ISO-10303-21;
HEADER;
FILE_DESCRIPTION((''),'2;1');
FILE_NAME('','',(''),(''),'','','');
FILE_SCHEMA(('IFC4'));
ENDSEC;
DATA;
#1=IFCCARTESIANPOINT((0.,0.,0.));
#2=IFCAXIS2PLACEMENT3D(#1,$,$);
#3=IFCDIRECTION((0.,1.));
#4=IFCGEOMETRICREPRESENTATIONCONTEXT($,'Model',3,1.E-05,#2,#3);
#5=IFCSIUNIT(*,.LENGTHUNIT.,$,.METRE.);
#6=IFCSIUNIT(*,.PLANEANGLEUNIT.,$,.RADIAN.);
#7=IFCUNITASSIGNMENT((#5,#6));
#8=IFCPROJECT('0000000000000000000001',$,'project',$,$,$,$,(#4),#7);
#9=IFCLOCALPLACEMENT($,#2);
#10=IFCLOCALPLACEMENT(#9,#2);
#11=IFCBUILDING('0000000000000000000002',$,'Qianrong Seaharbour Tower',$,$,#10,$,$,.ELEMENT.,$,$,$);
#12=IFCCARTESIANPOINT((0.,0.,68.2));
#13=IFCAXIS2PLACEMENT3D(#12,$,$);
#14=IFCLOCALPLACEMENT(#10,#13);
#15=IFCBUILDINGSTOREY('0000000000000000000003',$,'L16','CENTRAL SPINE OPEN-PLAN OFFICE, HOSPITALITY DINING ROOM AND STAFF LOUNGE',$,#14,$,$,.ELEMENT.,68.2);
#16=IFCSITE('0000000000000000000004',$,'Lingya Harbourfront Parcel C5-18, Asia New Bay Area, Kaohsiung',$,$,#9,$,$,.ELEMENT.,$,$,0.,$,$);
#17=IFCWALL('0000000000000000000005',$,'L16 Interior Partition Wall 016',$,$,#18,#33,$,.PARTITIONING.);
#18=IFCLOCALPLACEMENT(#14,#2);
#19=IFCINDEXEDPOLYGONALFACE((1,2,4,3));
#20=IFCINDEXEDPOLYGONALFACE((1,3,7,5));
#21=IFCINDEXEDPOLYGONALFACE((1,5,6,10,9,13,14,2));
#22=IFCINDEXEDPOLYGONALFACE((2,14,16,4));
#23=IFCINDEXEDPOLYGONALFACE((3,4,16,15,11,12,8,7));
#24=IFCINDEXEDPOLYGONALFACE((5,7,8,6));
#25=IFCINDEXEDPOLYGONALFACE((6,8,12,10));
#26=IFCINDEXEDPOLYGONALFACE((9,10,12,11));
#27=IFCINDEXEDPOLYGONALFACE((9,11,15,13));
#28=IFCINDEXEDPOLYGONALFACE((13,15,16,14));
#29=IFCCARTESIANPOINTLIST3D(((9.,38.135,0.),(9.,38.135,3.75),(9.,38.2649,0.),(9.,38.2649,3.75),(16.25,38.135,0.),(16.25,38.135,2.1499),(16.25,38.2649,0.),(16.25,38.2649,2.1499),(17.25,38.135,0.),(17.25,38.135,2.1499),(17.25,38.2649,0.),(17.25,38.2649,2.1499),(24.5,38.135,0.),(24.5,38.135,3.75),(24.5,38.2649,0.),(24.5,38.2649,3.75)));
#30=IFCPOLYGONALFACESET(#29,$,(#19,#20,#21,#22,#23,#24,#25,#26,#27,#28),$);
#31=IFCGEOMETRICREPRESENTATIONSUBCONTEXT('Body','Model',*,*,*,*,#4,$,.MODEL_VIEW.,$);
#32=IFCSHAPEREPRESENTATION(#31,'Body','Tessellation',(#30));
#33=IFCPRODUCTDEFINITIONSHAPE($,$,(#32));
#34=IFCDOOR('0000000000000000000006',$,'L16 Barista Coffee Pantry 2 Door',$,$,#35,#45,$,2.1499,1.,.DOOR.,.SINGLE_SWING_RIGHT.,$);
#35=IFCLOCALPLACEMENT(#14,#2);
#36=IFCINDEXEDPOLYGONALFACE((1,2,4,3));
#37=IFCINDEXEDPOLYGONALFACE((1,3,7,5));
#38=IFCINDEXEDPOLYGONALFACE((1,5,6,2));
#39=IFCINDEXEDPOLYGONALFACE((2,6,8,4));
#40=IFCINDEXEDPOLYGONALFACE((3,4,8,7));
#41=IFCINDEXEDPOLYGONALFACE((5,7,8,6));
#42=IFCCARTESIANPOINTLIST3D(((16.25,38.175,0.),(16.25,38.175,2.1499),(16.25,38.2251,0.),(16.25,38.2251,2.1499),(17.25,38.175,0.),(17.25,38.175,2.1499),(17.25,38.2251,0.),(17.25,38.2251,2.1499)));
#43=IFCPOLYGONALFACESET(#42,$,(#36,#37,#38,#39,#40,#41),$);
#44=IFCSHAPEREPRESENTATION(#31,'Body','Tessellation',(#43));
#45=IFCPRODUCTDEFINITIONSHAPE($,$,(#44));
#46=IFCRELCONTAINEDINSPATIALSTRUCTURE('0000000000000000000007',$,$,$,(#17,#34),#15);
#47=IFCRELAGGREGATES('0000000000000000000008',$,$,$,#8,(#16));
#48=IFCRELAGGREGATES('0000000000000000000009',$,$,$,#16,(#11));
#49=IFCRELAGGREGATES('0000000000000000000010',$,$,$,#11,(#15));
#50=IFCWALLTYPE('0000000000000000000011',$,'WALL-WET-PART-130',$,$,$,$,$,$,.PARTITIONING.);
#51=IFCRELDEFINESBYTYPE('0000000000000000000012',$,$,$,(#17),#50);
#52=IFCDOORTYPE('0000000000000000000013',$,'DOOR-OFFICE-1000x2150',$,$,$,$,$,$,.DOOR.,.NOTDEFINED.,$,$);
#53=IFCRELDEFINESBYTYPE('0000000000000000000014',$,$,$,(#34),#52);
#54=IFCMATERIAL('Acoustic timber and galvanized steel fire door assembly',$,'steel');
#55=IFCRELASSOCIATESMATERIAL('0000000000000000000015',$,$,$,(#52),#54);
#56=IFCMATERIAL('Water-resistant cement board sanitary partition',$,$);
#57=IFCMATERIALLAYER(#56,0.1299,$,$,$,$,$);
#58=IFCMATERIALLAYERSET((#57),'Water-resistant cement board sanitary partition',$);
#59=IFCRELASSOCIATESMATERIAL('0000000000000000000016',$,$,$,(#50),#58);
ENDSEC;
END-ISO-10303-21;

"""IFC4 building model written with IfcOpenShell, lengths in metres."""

from ifc_helpers import new_model, si_unit, direction, frame, frame_2d, origin, place, context, subcontext, project, spatial, rectangle, extrude, material, layer, layer_set, type_object, element, fill, save


model = new_model("IFC4")

# Units and contexts
model_context = context("Model", 3, precision=1e-05, world=origin(), true_north=direction((0.0, 1.0)))
body_context = subcontext(model_context, "Body", "Model", "MODEL_VIEW")
ifc_project = project(units=[si_unit("LENGTHUNIT", "METRE"), si_unit("PLANEANGLEUNIT", "RADIAN")], contexts=[model_context])

# Site, building, storey
site_placement = place(None, origin())
site = spatial("IfcSite", under=ifc_project, at=site_placement, Name="Lingya Harbourfront Parcel C5-18, Asia New Bay Area, Kaohsiung", CompositionType="ELEMENT", RefElevation=0.0)
building_placement = place(site_placement, origin())
building = spatial("IfcBuilding", under=site, at=building_placement, Name="Qianrong Seaharbour Tower", CompositionType="ELEMENT")
storey_placement = place(building_placement, frame((0.0, 0.0, 68.2)))
storey = spatial("IfcBuildingStorey", under=building, at=storey_placement, Name="L16", Description="CENTRAL SPINE OPEN-PLAN OFFICE, HOSPITALITY DINING ROOM AND STAFF LOUNGE", CompositionType="ELEMENT", Elevation=68.2)

# Wall, opening, door
ifc_material_1 = material(Name="Acoustic timber and galvanized steel fire door assembly", Category="steel")
door_type = type_object("IfcDoorType", Name="DOOR-OFFICE-1000x2150", OperationType="NOTDEFINED", PredefinedType="DOOR", material=ifc_material_1)
ifc_material_2 = material(Name="Water-resistant cement board sanitary partition")
ifc_layer_1 = layer(ifc_material_2, 0.1299)
ifc_layer_set_1 = layer_set([ifc_layer_1], Name="Water-resistant cement board sanitary partition")
wall_type_1 = type_object("IfcWallType", Name="WALL-WET-PART-130", PredefinedType="PARTITIONING", material=ifc_layer_set_1)
wall_1_placement = place(storey_placement, frame((24.5, 38.2, 0.0), z_axis=(0.0, 0.0, 1.0), x_axis=(-1.0, 0.0, 0.0)))
wall_1 = element("IfcWall", 1, at=wall_1_placement, inside=storey, type_object=wall_type_1, Name="L16 Interior Partition Wall 016", PredefinedType="PARTITIONING", context=body_context, shape_type="SweptSolid", body=[
    extrude(rectangle(XDim=15.5, YDim=0.1299, at=frame_2d((7.75, 0.0))), origin(), (0.0, 0.0, 1.0), 3.75),
])
opening_1_placement = place(wall_1_placement, frame((7.25, 0.0, 0.0)))
opening_1 = element("IfcOpeningElement", 2, at=opening_1_placement, cuts=wall_1, PredefinedType="OPENING", context=body_context, shape_type="SweptSolid", body=[
    extrude(rectangle(XDim=1.0, YDim=2.1499, at=frame_2d((0.5, 1.075))), frame((0.0, 0.075, 0.0), z_axis=(0.0, -1.0, 0.0), x_axis=(1.0, 0.0, 0.0)), (0.0, 0.0, 1.0), 0.1499),
])
door_1_placement = place(opening_1_placement, origin())
door_1 = element("IfcDoor", 3, at=door_1_placement, inside=storey, type_object=door_type, Name="L16 Barista Coffee Pantry 2 Door", OperationType="SINGLE_SWING_RIGHT", OverallHeight=2.1499, OverallWidth=1.0, PredefinedType="DOOR", context=body_context, shape_type="SweptSolid", body=[
    extrude(rectangle(XDim=1.0, YDim=2.1499, at=frame_2d((0.5, 1.075))), frame((0.0, 0.0249, 0.0), z_axis=(0.0, -1.0, 0.0), x_axis=(1.0, 0.0, 0.0)), (0.0, 0.0, 1.0), 0.05),
])
fill(opening_1, door_1)

save(model, "model.ifc")
